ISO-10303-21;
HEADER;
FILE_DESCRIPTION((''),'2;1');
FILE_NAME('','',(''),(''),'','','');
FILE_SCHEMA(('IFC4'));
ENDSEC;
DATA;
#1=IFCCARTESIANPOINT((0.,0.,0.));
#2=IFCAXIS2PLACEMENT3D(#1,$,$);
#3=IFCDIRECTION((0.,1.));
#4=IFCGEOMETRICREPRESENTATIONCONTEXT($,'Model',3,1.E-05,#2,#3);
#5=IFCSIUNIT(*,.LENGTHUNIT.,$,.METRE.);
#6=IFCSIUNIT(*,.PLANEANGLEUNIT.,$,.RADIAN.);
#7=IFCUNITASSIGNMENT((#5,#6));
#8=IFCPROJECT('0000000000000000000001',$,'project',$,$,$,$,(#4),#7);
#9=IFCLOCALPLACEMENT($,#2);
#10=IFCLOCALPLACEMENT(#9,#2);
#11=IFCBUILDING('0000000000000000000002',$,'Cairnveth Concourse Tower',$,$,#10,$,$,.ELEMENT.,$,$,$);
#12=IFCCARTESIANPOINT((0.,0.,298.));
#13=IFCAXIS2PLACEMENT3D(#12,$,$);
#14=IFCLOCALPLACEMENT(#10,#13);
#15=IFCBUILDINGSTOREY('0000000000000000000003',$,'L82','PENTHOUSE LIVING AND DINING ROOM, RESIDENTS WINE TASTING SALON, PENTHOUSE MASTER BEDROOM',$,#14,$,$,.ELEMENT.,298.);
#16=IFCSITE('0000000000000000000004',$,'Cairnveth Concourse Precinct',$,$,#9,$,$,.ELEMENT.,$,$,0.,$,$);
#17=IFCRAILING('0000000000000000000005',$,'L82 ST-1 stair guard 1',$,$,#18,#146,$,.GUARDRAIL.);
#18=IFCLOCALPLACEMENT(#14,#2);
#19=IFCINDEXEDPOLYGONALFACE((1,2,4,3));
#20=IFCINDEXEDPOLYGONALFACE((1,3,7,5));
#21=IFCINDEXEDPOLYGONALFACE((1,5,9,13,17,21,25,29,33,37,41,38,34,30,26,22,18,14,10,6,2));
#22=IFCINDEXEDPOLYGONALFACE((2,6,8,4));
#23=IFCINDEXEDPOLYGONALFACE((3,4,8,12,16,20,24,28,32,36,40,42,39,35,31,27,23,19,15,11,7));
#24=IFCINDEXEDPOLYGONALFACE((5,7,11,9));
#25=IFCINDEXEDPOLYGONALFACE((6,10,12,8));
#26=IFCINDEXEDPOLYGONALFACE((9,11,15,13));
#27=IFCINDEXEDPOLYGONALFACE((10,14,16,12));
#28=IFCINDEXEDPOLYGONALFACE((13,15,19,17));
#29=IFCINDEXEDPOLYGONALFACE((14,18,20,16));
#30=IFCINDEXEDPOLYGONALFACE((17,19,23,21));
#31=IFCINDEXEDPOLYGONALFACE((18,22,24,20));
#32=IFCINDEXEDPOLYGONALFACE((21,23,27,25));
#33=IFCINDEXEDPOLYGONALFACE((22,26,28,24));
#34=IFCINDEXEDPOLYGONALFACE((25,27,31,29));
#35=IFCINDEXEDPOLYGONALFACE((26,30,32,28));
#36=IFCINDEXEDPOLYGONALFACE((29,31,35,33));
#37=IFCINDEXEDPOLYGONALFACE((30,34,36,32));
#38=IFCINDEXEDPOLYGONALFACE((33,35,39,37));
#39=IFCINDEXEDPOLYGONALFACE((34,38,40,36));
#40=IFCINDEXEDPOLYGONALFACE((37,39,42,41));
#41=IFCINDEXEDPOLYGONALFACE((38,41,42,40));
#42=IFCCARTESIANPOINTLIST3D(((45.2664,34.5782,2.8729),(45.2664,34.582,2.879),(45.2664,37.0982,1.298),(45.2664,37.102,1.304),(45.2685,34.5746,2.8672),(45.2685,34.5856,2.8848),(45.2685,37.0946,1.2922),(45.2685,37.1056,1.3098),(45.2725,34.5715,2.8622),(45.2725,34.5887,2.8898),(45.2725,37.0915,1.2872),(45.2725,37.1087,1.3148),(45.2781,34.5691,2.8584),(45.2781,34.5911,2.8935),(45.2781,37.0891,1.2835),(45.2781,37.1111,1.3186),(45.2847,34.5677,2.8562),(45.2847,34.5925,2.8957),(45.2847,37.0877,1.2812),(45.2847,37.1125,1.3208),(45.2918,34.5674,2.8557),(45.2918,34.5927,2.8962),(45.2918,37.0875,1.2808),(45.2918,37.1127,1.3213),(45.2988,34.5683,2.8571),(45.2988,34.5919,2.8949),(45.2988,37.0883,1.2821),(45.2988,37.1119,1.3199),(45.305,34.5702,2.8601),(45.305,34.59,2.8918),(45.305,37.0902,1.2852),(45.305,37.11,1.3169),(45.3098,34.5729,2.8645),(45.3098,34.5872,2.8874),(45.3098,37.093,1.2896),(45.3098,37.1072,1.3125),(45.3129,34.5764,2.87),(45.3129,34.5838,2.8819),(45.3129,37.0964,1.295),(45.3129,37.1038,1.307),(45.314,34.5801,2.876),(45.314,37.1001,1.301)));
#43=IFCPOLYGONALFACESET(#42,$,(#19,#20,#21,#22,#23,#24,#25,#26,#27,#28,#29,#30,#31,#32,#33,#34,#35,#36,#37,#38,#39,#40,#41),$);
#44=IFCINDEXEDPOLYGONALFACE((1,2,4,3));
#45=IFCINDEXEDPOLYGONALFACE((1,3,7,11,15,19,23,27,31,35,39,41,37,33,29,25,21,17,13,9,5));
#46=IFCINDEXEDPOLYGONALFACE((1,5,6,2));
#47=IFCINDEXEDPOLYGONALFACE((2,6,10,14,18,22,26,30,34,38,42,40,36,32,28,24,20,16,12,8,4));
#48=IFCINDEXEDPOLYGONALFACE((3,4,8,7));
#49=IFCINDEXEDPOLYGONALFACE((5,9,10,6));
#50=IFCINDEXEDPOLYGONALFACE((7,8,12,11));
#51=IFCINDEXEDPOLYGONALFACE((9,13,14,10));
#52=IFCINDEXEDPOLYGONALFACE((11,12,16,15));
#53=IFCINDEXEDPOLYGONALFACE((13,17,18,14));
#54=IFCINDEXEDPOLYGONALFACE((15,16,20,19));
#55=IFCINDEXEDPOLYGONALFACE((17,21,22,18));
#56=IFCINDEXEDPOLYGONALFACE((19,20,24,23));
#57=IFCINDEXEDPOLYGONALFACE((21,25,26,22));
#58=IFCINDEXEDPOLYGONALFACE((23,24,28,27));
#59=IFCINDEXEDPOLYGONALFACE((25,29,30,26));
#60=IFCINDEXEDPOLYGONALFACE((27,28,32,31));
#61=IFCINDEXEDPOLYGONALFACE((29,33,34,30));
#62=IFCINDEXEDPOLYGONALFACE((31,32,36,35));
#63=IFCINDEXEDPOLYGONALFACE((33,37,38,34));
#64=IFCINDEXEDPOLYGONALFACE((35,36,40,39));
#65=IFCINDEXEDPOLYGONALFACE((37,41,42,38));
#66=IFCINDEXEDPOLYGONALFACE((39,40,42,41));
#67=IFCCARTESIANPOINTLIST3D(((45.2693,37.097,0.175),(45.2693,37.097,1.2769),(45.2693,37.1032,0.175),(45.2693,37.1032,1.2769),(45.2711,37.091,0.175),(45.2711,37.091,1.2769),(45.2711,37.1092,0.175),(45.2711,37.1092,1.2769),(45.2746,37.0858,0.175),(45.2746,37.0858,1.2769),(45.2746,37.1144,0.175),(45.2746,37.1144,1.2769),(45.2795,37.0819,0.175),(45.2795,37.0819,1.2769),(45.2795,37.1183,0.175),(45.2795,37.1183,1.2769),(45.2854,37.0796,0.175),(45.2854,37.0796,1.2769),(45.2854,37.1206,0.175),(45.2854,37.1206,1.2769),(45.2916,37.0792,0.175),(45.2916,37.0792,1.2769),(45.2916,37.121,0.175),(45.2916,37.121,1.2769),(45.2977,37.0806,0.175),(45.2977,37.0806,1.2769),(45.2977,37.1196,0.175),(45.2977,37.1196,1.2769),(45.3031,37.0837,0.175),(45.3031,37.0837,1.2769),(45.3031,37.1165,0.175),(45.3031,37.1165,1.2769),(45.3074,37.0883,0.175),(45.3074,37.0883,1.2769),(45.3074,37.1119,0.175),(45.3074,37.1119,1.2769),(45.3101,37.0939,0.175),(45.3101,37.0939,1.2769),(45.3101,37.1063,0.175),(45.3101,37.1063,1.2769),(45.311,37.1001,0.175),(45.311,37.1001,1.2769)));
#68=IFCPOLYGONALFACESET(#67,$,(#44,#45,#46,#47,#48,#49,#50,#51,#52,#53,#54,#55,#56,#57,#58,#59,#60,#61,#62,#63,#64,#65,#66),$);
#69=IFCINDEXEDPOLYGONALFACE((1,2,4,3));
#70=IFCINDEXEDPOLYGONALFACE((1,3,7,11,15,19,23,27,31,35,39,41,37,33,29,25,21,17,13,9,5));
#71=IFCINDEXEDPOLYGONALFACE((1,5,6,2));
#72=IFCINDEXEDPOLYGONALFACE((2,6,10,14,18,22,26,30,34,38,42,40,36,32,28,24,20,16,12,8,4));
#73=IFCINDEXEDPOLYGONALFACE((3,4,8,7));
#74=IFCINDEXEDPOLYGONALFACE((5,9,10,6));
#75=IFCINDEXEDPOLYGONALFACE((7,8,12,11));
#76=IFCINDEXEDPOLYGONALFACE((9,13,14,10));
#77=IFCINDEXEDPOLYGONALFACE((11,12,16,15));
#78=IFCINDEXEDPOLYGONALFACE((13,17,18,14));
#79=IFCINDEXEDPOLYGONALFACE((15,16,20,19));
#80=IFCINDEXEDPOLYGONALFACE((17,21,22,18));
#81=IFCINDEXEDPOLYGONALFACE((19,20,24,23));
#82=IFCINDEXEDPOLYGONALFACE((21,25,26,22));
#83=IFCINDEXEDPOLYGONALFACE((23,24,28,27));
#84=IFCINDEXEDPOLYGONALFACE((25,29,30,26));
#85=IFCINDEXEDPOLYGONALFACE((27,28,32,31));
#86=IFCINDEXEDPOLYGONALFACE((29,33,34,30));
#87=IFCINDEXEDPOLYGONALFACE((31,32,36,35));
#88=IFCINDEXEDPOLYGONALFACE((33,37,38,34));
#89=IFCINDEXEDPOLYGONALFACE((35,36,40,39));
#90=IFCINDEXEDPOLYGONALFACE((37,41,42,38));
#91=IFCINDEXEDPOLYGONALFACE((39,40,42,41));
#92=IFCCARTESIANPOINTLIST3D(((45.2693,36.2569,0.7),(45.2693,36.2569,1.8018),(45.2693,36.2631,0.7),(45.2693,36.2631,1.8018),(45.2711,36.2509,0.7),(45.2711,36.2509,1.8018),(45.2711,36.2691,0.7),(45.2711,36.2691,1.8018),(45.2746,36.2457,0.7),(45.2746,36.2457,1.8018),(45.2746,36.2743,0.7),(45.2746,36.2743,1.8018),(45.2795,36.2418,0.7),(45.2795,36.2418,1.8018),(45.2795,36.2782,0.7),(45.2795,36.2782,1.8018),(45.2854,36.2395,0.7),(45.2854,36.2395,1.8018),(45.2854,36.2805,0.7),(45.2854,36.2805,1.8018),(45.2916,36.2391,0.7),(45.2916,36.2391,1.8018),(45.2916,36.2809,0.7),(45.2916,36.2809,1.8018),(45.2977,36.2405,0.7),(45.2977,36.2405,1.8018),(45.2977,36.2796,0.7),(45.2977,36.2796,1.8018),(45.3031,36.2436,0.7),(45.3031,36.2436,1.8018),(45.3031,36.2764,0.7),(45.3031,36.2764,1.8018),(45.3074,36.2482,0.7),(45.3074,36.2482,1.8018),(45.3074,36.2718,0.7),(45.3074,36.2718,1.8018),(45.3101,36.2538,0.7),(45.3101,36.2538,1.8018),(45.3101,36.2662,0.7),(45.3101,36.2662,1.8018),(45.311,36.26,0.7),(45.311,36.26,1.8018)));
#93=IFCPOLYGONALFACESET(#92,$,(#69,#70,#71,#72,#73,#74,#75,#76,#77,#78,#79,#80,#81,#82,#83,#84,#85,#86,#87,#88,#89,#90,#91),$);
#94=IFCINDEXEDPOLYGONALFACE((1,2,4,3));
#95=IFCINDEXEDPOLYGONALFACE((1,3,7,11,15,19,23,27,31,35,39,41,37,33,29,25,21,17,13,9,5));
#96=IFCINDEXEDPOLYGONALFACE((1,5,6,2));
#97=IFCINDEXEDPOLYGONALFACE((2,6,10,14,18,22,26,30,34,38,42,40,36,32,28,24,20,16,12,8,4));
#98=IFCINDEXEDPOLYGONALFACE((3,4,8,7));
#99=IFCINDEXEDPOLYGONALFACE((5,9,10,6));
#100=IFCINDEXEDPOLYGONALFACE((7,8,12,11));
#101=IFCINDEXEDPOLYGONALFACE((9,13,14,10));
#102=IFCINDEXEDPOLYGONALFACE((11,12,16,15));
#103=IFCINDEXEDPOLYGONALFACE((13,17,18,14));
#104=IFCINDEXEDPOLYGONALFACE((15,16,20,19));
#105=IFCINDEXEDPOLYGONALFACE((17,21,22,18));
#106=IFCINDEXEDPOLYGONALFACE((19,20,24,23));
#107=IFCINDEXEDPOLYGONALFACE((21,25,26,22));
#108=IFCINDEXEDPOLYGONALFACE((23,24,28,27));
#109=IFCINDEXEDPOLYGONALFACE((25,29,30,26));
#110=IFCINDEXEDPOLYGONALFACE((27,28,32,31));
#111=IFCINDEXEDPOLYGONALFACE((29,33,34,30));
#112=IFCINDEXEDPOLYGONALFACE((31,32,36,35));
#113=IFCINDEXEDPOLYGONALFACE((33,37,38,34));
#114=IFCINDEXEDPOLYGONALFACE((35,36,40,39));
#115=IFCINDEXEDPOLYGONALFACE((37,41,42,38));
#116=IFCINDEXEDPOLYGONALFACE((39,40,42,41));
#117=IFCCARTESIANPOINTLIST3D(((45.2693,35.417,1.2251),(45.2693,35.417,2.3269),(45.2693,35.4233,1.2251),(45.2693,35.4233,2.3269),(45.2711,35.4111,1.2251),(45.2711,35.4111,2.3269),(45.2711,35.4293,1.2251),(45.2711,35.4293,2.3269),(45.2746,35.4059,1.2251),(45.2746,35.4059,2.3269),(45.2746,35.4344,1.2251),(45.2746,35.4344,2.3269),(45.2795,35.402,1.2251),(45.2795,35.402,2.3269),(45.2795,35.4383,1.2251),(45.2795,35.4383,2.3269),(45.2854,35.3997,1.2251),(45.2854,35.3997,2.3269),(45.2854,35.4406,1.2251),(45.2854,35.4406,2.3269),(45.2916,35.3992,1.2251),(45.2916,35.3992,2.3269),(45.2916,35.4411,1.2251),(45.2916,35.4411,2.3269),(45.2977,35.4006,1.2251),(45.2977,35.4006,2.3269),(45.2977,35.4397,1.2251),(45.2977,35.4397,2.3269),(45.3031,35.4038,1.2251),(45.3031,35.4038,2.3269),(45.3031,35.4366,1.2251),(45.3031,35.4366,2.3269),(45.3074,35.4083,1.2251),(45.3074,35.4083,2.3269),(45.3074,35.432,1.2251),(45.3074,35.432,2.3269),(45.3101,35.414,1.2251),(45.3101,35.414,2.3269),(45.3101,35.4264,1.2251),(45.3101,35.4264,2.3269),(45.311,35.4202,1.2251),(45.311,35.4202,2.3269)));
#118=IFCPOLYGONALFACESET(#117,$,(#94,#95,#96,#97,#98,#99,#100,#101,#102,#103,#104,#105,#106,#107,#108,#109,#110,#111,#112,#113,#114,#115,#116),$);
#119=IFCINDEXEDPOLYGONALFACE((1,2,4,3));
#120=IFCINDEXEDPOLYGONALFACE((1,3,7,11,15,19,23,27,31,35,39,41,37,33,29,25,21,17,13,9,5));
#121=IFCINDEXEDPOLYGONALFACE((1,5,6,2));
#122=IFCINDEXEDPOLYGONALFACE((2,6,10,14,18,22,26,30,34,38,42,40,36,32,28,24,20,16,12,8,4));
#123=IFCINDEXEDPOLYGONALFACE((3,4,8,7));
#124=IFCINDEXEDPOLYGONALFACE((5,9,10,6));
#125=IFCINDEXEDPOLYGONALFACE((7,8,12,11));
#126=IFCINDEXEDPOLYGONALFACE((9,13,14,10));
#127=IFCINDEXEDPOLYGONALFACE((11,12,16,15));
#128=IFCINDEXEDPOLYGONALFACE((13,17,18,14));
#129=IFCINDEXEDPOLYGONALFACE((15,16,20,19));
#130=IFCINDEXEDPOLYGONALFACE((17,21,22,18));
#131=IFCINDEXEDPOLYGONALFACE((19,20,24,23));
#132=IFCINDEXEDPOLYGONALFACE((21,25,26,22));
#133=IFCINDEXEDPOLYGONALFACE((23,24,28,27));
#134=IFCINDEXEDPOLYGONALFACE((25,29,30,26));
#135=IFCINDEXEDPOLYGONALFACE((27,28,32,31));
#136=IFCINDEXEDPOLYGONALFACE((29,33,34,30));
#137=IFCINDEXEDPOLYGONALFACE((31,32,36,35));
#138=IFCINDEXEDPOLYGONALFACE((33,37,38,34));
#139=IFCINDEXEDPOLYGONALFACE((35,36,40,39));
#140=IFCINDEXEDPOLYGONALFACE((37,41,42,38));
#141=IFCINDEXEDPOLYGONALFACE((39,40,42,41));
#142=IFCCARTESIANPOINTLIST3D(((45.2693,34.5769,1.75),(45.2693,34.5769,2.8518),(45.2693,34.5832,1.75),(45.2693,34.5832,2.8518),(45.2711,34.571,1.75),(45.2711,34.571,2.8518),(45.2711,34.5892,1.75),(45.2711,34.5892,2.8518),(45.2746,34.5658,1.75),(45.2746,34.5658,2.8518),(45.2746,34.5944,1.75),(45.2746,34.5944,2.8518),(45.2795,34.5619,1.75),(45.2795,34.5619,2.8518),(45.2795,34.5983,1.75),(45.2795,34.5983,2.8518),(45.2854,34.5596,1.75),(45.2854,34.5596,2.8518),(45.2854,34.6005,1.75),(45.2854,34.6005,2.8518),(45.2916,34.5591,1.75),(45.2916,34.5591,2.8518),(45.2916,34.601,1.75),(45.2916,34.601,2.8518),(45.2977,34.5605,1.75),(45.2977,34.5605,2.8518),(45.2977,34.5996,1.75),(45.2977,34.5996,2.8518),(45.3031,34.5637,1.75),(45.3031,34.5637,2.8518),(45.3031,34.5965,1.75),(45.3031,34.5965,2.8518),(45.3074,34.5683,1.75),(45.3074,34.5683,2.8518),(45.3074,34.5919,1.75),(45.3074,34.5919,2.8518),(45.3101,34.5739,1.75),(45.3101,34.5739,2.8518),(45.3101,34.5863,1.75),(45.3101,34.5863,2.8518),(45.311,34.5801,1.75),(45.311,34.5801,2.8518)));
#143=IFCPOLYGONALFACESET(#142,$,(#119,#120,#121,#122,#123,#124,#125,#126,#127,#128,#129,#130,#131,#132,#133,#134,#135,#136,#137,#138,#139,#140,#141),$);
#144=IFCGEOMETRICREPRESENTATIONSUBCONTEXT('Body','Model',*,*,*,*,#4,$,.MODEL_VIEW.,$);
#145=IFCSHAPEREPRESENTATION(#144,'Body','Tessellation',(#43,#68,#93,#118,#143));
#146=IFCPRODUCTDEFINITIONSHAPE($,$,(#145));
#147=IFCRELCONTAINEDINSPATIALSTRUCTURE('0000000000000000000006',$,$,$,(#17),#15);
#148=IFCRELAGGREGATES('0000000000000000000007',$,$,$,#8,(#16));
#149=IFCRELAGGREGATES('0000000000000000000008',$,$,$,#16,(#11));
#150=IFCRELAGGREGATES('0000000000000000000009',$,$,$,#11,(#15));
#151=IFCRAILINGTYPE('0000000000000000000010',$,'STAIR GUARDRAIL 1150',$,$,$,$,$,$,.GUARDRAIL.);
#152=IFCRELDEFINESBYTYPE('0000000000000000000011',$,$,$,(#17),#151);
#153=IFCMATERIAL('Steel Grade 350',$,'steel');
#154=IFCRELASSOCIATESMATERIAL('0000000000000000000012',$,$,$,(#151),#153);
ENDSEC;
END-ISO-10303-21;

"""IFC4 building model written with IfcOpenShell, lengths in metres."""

from ifc_helpers import new_model, si_unit, direction, frame, origin, origin_2d, place, context, subcontext, project, spatial, circle, extrude, material, type_object, element, save


model = new_model("IFC4")

# Units and contexts
model_context = context("Model", 3, precision=1e-05, world=origin(), true_north=direction((0.0, 1.0)))
body_context = subcontext(model_context, "Body", "Model", "MODEL_VIEW")
ifc_project = project(units=[si_unit("LENGTHUNIT", "METRE"), si_unit("PLANEANGLEUNIT", "RADIAN")], contexts=[model_context])

# Site, building, storey
site_placement = place(None, origin())
site = spatial("IfcSite", under=ifc_project, at=site_placement, Name="Cairnveth Concourse Precinct", CompositionType="ELEMENT", RefElevation=0.0)
building_placement = place(site_placement, origin())
building = spatial("IfcBuilding", under=site, at=building_placement, Name="Cairnveth Concourse Tower", CompositionType="ELEMENT")
storey_placement = place(building_placement, frame((0.0, 0.0, 298.0)))
storey = spatial("IfcBuildingStorey", under=building, at=storey_placement, Name="L82", Description="PENTHOUSE LIVING AND DINING ROOM, RESIDENTS WINE TASTING SALON, PENTHOUSE MASTER BEDROOM", CompositionType="ELEMENT", Elevation=298.0)

# Shared definitions
ifc_material_1 = material(Name="Steel Grade 350", Category="steel")

# Railing
railing_type_1 = type_object("IfcRailingType", Name="STAIR GUARDRAIL 1150", PredefinedType="GUARDRAIL", material=ifc_material_1)
railing_1_placement = place(storey_placement, frame((45.29, 37.1001, 0.175)))
element("IfcRailing", 1, at=railing_1_placement, inside=storey, type_object=railing_type_1, Name="L82 ST-1 stair guard 1", PredefinedType="GUARDRAIL", context=body_context, shape_type="SweptSolid", body=[
    extrude(circle(Radius=0.0239, at=origin_2d()), frame((0.0, 0.0, 1.126), z_axis=(0.0, -0.848008, 0.529984), x_axis=(1.0, 0.0, 0.0)), (0.0, 0.0, 1.0), 2.9717),
    extrude(circle(Radius=0.021, at=origin_2d()), origin(), (0.0, 0.0, 1.0), 1.1018),
    extrude(circle(Radius=0.021, at=origin_2d()), frame((0.0, -0.8401, 0.5249)), (0.0, 0.0, 1.0), 1.1018),
    extrude(circle(Radius=0.021, at=origin_2d()), frame((0.0, -1.6799, 1.05)), (0.0, 0.0, 1.0), 1.1018),
    extrude(circle(Radius=0.021, at=origin_2d()), frame((0.0, -2.52, 1.575)), (0.0, 0.0, 1.0), 1.1018),
])

save(model, "model.ifc")
